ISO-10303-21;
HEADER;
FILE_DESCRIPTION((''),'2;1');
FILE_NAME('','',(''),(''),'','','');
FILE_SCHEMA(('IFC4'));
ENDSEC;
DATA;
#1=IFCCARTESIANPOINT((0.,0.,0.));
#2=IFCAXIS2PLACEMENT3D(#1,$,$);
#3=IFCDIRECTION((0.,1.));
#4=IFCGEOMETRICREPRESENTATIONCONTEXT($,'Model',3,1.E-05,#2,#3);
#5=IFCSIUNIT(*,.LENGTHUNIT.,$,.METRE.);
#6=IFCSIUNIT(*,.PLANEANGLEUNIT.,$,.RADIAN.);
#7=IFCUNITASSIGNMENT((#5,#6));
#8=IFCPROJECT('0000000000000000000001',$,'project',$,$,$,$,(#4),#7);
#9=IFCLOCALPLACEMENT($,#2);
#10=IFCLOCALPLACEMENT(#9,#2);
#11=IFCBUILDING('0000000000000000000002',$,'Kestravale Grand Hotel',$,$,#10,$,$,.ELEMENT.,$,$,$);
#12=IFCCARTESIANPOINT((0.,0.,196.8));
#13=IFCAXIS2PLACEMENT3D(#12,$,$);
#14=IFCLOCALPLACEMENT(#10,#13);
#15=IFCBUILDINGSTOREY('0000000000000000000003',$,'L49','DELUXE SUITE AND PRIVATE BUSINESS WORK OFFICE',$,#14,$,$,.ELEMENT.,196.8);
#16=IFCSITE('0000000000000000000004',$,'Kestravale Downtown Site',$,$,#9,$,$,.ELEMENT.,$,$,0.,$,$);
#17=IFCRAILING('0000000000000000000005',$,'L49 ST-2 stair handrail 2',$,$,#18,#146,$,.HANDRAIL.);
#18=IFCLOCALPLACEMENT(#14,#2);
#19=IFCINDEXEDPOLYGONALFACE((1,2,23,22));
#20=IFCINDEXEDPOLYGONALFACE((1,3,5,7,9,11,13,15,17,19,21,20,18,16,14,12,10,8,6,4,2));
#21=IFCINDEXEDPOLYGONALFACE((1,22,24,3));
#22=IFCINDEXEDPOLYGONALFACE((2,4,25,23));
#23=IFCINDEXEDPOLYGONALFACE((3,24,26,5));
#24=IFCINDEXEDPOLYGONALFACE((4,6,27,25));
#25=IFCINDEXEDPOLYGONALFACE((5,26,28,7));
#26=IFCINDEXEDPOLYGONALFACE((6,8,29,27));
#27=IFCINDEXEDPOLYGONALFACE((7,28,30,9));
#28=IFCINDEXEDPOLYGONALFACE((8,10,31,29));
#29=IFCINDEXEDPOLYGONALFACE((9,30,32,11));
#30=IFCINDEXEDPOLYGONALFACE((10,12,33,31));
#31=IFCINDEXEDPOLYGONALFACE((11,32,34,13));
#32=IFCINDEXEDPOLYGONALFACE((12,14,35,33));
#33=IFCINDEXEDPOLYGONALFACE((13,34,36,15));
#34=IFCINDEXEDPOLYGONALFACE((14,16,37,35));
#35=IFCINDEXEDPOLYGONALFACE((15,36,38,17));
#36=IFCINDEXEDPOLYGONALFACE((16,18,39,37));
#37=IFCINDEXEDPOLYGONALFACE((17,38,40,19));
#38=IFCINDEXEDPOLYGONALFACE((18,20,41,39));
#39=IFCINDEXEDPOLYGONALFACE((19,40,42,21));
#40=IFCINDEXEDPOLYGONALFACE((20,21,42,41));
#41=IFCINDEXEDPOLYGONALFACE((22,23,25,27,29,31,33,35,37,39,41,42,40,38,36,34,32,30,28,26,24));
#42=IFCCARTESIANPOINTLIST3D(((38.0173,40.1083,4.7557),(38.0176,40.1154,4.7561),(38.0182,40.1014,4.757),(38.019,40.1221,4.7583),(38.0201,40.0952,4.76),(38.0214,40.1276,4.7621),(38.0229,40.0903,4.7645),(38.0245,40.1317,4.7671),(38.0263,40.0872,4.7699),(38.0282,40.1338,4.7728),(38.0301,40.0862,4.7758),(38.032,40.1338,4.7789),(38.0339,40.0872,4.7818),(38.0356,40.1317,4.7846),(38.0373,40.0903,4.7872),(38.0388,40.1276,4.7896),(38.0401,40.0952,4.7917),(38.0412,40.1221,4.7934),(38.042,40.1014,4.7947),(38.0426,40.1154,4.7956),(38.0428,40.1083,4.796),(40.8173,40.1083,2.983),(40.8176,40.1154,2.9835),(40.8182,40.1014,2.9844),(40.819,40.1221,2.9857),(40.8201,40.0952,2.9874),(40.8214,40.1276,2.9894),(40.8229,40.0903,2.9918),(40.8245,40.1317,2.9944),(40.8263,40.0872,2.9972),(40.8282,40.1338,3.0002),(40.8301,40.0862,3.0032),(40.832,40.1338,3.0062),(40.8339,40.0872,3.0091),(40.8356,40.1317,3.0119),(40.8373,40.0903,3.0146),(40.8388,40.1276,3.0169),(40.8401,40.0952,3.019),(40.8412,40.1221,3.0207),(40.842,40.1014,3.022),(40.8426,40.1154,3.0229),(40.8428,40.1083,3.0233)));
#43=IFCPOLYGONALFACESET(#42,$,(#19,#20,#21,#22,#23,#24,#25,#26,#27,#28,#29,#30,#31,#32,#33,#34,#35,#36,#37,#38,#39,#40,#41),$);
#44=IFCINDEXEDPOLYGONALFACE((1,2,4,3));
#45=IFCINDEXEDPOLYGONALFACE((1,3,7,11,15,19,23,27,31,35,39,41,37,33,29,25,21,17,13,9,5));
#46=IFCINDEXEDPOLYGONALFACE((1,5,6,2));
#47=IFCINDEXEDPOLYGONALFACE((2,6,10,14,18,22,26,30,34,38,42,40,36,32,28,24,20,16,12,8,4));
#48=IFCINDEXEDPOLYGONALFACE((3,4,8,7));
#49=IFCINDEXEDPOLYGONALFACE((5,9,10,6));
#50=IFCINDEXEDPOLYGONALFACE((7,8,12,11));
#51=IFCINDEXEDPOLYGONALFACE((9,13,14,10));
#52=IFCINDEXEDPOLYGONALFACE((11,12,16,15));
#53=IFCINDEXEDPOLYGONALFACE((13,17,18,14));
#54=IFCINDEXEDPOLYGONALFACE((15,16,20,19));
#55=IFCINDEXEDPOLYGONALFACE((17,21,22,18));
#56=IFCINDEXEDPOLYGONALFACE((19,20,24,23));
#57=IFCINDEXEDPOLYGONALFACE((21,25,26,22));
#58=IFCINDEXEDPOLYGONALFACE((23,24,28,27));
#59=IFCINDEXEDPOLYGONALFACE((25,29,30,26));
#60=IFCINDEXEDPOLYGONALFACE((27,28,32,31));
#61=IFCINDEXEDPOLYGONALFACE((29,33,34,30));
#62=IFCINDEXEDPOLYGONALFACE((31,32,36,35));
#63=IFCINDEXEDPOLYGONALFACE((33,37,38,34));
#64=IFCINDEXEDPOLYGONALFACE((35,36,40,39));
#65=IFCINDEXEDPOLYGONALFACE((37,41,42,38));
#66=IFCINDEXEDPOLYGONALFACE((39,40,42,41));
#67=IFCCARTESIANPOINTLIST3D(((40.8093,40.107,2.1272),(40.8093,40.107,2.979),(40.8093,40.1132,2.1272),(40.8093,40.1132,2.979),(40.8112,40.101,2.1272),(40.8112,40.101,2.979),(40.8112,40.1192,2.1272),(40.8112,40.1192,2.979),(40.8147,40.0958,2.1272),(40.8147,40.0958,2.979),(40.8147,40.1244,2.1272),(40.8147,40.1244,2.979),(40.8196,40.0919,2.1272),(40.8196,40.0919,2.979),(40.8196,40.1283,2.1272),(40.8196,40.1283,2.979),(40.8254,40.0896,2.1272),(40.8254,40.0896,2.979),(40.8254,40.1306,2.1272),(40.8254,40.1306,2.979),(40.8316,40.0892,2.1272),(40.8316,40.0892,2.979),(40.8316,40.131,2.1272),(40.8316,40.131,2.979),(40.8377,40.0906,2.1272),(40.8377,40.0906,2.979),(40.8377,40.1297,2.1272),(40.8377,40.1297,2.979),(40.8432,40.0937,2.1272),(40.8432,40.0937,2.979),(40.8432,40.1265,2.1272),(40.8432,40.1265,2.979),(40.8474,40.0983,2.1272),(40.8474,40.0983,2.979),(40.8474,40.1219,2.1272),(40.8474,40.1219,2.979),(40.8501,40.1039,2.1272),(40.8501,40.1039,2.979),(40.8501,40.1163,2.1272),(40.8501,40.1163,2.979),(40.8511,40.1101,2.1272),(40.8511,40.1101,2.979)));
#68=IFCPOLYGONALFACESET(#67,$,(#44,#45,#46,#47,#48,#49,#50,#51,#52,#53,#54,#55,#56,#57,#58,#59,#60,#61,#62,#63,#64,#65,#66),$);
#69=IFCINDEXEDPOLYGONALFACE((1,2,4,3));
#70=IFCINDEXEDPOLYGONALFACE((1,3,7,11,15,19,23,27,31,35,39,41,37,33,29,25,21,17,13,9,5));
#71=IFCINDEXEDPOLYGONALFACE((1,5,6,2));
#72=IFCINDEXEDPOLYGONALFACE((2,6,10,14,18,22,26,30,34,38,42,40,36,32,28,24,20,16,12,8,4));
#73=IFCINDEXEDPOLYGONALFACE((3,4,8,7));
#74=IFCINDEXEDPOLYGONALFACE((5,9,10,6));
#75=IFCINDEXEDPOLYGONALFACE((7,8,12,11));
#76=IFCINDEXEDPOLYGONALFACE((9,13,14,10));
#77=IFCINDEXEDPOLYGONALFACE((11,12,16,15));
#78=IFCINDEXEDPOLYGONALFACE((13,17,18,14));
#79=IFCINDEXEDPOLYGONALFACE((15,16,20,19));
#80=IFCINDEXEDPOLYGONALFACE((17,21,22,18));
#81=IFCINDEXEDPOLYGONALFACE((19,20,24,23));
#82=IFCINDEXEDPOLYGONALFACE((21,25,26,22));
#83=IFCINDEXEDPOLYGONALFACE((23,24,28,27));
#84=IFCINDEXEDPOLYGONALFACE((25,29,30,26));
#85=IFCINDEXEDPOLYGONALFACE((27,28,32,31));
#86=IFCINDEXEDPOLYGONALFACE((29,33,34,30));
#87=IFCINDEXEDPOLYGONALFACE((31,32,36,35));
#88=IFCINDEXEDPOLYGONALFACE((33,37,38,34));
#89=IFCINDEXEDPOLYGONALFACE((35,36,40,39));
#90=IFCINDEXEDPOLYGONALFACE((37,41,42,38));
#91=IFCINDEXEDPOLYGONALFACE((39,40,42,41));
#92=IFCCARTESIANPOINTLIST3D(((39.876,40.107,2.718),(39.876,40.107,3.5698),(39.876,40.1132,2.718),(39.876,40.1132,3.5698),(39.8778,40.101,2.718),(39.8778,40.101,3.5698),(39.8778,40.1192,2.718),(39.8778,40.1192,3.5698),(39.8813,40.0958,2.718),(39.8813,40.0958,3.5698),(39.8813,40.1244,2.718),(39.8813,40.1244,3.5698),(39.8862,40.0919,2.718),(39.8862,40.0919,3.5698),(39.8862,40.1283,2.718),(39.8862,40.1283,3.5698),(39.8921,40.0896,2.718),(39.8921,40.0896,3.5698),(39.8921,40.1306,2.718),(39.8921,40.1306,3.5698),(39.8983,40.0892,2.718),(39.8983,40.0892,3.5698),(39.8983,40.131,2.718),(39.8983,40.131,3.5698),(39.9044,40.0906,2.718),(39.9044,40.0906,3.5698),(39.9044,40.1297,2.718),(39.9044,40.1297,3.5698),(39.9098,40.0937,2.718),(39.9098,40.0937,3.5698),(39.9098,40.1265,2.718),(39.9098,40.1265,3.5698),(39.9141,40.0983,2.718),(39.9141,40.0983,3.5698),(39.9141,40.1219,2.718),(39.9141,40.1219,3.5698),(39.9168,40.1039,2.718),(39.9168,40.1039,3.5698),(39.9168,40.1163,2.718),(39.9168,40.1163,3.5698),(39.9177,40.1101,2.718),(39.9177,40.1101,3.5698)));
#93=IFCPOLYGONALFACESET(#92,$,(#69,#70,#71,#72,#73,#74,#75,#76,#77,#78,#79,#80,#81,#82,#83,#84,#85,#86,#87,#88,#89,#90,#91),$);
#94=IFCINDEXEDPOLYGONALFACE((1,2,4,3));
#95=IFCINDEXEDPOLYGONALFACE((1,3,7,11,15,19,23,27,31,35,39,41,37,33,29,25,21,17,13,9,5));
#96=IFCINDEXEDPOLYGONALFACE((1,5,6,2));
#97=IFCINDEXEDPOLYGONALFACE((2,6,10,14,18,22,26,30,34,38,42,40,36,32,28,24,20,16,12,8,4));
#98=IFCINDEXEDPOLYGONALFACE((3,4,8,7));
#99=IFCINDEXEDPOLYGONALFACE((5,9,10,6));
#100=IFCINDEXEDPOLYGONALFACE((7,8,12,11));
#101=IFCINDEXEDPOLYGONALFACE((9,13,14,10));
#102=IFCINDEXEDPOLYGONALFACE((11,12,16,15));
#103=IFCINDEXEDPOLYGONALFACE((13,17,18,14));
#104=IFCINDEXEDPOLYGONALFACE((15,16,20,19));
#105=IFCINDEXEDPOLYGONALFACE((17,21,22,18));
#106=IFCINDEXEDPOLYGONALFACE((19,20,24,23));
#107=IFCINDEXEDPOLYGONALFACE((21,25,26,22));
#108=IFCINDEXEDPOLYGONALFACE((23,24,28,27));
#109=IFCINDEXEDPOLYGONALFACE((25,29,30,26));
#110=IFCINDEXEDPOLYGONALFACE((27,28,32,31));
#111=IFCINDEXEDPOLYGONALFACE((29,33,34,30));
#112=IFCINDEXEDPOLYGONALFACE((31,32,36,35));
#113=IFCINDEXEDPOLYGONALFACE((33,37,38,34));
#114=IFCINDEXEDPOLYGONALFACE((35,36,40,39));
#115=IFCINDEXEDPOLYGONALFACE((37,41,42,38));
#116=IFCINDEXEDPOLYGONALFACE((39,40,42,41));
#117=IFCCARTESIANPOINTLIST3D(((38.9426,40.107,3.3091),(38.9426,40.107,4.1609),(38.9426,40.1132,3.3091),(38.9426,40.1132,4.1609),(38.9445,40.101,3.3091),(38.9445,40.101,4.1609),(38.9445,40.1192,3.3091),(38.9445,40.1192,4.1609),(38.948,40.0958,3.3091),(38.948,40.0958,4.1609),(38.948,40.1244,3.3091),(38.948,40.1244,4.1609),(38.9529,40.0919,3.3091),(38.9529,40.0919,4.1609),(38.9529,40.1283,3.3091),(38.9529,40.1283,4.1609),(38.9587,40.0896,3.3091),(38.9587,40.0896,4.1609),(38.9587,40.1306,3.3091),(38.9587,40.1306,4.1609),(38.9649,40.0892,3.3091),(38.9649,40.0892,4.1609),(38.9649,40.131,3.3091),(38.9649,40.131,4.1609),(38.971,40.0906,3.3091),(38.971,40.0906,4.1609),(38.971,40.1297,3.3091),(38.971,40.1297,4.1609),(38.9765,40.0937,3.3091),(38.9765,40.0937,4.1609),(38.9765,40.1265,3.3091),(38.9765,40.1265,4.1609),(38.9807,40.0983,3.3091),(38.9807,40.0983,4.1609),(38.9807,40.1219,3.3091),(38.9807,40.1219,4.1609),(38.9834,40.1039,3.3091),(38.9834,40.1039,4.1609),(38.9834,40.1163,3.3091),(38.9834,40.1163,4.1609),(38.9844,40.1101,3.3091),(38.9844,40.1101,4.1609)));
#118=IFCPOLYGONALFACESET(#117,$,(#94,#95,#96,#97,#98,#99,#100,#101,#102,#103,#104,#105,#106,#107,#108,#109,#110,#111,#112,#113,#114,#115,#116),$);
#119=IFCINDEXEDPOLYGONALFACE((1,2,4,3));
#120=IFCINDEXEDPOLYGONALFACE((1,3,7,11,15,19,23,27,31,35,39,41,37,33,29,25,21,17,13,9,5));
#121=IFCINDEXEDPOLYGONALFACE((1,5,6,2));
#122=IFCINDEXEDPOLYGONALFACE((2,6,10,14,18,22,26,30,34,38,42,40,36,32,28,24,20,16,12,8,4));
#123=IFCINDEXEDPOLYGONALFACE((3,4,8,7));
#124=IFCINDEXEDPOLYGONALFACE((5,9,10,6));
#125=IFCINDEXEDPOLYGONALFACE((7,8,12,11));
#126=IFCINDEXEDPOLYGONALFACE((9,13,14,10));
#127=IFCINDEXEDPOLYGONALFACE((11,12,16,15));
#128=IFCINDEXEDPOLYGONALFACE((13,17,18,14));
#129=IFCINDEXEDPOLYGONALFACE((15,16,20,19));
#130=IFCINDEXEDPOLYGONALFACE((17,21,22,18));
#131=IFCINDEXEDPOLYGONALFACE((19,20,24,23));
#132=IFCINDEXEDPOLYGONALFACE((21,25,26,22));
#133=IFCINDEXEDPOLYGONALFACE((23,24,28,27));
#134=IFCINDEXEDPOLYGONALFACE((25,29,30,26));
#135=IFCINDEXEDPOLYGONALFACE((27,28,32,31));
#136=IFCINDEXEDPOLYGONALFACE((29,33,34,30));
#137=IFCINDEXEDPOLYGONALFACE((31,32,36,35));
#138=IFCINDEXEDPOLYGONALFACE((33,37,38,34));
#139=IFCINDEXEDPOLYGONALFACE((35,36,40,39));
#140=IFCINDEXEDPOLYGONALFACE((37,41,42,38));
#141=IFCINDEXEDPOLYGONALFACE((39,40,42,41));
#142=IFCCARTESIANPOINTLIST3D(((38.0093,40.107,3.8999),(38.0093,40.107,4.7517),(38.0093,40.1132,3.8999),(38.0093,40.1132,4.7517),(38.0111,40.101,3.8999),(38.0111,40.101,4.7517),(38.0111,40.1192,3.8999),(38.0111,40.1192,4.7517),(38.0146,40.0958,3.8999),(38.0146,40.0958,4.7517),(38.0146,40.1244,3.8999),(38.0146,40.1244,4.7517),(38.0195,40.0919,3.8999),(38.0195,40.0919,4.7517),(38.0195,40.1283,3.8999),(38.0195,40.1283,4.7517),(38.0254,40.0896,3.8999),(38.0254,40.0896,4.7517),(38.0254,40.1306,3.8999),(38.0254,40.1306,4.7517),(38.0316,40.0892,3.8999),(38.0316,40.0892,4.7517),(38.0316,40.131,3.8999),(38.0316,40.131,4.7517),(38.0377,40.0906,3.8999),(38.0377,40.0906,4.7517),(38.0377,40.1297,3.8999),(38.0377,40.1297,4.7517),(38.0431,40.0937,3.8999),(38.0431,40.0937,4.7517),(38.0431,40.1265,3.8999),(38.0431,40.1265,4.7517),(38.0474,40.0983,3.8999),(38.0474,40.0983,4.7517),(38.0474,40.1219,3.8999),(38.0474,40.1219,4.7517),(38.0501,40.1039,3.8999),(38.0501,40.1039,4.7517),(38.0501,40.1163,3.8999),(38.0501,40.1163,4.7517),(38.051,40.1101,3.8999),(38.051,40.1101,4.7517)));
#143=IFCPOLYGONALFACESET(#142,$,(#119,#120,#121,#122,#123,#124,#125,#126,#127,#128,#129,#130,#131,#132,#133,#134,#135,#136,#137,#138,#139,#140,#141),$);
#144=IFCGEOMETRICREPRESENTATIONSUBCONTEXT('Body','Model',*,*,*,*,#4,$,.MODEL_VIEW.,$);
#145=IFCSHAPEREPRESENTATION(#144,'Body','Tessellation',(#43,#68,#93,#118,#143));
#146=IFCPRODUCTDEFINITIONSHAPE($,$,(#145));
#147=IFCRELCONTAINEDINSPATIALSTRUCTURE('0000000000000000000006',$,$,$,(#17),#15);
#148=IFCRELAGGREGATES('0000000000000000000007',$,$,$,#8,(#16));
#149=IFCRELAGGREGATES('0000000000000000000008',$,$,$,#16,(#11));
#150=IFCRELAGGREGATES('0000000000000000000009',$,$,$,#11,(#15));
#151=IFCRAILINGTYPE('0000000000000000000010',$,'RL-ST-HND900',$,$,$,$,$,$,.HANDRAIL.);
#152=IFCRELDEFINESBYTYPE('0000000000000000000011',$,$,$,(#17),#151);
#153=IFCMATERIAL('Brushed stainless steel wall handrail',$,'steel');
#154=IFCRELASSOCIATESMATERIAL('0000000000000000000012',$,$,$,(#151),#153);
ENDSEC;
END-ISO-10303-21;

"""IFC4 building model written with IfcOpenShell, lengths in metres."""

from ifc_helpers import new_model, si_unit, direction, frame, origin, origin_2d, place, context, subcontext, project, spatial, circle, extrude, material, type_object, element, save


model = new_model("IFC4")

# Units and contexts
model_context = context("Model", 3, precision=1e-05, world=origin(), true_north=direction((0.0, 1.0)))
body_context = subcontext(model_context, "Body", "Model", "MODEL_VIEW")
ifc_project = project(units=[si_unit("LENGTHUNIT", "METRE"), si_unit("PLANEANGLEUNIT", "RADIAN")], contexts=[model_context])

# Site, building, storey
site_placement = place(None, origin())
site = spatial("IfcSite", under=ifc_project, at=site_placement, Name="Kestravale Downtown Site", CompositionType="ELEMENT", RefElevation=0.0)
building_placement = place(site_placement, origin())
building = spatial("IfcBuilding", under=site, at=building_placement, Name="Kestravale Grand Hotel", CompositionType="ELEMENT")
storey_placement = place(building_placement, frame((0.0, 0.0, 196.8)))
storey = spatial("IfcBuildingStorey", under=building, at=storey_placement, Name="L49", Description="DELUXE SUITE AND PRIVATE BUSINESS WORK OFFICE", CompositionType="ELEMENT", Elevation=196.8)

# Railing
ifc_material_1 = material(Name="Brushed stainless steel wall handrail", Category="steel")
railing_type_1 = type_object("IfcRailingType", Name="RL-ST-HND900", PredefinedType="HANDRAIL", material=ifc_material_1)
railing_1_placement = place(storey_placement, frame((40.8301, 40.1101, 2.1272)))
element("IfcRailing", 1, at=railing_1_placement, inside=storey, type_object=railing_type_1, Name="L49 ST-2 stair handrail 2", PredefinedType="HANDRAIL", context=body_context, shape_type="SweptSolid", body=[
    extrude(circle(Radius=0.0239, at=origin_2d()), frame((0.0, 0.0, 0.876), z_axis=(-0.844909, 0.0, 0.53491), x_axis=(0.0, -1.0, 0.0)), (0.0, 0.0, 1.0), 3.314),
    extrude(circle(Radius=0.021, at=origin_2d()), origin(), (0.0, 0.0, 1.0), 0.8518),
    extrude(circle(Radius=0.021, at=origin_2d()), frame((-0.9333, 0.0, 0.5908)), (0.0, 0.0, 1.0), 0.8518),
    extrude(circle(Radius=0.021, at=origin_2d()), frame((-1.8667, 0.0, 1.1819)), (0.0, 0.0, 1.0), 0.8518),
    extrude(circle(Radius=0.021, at=origin_2d()), frame((-2.8, 0.0, 1.7727)), (0.0, 0.0, 1.0), 0.8518),
])

save(model, "model.ifc")
